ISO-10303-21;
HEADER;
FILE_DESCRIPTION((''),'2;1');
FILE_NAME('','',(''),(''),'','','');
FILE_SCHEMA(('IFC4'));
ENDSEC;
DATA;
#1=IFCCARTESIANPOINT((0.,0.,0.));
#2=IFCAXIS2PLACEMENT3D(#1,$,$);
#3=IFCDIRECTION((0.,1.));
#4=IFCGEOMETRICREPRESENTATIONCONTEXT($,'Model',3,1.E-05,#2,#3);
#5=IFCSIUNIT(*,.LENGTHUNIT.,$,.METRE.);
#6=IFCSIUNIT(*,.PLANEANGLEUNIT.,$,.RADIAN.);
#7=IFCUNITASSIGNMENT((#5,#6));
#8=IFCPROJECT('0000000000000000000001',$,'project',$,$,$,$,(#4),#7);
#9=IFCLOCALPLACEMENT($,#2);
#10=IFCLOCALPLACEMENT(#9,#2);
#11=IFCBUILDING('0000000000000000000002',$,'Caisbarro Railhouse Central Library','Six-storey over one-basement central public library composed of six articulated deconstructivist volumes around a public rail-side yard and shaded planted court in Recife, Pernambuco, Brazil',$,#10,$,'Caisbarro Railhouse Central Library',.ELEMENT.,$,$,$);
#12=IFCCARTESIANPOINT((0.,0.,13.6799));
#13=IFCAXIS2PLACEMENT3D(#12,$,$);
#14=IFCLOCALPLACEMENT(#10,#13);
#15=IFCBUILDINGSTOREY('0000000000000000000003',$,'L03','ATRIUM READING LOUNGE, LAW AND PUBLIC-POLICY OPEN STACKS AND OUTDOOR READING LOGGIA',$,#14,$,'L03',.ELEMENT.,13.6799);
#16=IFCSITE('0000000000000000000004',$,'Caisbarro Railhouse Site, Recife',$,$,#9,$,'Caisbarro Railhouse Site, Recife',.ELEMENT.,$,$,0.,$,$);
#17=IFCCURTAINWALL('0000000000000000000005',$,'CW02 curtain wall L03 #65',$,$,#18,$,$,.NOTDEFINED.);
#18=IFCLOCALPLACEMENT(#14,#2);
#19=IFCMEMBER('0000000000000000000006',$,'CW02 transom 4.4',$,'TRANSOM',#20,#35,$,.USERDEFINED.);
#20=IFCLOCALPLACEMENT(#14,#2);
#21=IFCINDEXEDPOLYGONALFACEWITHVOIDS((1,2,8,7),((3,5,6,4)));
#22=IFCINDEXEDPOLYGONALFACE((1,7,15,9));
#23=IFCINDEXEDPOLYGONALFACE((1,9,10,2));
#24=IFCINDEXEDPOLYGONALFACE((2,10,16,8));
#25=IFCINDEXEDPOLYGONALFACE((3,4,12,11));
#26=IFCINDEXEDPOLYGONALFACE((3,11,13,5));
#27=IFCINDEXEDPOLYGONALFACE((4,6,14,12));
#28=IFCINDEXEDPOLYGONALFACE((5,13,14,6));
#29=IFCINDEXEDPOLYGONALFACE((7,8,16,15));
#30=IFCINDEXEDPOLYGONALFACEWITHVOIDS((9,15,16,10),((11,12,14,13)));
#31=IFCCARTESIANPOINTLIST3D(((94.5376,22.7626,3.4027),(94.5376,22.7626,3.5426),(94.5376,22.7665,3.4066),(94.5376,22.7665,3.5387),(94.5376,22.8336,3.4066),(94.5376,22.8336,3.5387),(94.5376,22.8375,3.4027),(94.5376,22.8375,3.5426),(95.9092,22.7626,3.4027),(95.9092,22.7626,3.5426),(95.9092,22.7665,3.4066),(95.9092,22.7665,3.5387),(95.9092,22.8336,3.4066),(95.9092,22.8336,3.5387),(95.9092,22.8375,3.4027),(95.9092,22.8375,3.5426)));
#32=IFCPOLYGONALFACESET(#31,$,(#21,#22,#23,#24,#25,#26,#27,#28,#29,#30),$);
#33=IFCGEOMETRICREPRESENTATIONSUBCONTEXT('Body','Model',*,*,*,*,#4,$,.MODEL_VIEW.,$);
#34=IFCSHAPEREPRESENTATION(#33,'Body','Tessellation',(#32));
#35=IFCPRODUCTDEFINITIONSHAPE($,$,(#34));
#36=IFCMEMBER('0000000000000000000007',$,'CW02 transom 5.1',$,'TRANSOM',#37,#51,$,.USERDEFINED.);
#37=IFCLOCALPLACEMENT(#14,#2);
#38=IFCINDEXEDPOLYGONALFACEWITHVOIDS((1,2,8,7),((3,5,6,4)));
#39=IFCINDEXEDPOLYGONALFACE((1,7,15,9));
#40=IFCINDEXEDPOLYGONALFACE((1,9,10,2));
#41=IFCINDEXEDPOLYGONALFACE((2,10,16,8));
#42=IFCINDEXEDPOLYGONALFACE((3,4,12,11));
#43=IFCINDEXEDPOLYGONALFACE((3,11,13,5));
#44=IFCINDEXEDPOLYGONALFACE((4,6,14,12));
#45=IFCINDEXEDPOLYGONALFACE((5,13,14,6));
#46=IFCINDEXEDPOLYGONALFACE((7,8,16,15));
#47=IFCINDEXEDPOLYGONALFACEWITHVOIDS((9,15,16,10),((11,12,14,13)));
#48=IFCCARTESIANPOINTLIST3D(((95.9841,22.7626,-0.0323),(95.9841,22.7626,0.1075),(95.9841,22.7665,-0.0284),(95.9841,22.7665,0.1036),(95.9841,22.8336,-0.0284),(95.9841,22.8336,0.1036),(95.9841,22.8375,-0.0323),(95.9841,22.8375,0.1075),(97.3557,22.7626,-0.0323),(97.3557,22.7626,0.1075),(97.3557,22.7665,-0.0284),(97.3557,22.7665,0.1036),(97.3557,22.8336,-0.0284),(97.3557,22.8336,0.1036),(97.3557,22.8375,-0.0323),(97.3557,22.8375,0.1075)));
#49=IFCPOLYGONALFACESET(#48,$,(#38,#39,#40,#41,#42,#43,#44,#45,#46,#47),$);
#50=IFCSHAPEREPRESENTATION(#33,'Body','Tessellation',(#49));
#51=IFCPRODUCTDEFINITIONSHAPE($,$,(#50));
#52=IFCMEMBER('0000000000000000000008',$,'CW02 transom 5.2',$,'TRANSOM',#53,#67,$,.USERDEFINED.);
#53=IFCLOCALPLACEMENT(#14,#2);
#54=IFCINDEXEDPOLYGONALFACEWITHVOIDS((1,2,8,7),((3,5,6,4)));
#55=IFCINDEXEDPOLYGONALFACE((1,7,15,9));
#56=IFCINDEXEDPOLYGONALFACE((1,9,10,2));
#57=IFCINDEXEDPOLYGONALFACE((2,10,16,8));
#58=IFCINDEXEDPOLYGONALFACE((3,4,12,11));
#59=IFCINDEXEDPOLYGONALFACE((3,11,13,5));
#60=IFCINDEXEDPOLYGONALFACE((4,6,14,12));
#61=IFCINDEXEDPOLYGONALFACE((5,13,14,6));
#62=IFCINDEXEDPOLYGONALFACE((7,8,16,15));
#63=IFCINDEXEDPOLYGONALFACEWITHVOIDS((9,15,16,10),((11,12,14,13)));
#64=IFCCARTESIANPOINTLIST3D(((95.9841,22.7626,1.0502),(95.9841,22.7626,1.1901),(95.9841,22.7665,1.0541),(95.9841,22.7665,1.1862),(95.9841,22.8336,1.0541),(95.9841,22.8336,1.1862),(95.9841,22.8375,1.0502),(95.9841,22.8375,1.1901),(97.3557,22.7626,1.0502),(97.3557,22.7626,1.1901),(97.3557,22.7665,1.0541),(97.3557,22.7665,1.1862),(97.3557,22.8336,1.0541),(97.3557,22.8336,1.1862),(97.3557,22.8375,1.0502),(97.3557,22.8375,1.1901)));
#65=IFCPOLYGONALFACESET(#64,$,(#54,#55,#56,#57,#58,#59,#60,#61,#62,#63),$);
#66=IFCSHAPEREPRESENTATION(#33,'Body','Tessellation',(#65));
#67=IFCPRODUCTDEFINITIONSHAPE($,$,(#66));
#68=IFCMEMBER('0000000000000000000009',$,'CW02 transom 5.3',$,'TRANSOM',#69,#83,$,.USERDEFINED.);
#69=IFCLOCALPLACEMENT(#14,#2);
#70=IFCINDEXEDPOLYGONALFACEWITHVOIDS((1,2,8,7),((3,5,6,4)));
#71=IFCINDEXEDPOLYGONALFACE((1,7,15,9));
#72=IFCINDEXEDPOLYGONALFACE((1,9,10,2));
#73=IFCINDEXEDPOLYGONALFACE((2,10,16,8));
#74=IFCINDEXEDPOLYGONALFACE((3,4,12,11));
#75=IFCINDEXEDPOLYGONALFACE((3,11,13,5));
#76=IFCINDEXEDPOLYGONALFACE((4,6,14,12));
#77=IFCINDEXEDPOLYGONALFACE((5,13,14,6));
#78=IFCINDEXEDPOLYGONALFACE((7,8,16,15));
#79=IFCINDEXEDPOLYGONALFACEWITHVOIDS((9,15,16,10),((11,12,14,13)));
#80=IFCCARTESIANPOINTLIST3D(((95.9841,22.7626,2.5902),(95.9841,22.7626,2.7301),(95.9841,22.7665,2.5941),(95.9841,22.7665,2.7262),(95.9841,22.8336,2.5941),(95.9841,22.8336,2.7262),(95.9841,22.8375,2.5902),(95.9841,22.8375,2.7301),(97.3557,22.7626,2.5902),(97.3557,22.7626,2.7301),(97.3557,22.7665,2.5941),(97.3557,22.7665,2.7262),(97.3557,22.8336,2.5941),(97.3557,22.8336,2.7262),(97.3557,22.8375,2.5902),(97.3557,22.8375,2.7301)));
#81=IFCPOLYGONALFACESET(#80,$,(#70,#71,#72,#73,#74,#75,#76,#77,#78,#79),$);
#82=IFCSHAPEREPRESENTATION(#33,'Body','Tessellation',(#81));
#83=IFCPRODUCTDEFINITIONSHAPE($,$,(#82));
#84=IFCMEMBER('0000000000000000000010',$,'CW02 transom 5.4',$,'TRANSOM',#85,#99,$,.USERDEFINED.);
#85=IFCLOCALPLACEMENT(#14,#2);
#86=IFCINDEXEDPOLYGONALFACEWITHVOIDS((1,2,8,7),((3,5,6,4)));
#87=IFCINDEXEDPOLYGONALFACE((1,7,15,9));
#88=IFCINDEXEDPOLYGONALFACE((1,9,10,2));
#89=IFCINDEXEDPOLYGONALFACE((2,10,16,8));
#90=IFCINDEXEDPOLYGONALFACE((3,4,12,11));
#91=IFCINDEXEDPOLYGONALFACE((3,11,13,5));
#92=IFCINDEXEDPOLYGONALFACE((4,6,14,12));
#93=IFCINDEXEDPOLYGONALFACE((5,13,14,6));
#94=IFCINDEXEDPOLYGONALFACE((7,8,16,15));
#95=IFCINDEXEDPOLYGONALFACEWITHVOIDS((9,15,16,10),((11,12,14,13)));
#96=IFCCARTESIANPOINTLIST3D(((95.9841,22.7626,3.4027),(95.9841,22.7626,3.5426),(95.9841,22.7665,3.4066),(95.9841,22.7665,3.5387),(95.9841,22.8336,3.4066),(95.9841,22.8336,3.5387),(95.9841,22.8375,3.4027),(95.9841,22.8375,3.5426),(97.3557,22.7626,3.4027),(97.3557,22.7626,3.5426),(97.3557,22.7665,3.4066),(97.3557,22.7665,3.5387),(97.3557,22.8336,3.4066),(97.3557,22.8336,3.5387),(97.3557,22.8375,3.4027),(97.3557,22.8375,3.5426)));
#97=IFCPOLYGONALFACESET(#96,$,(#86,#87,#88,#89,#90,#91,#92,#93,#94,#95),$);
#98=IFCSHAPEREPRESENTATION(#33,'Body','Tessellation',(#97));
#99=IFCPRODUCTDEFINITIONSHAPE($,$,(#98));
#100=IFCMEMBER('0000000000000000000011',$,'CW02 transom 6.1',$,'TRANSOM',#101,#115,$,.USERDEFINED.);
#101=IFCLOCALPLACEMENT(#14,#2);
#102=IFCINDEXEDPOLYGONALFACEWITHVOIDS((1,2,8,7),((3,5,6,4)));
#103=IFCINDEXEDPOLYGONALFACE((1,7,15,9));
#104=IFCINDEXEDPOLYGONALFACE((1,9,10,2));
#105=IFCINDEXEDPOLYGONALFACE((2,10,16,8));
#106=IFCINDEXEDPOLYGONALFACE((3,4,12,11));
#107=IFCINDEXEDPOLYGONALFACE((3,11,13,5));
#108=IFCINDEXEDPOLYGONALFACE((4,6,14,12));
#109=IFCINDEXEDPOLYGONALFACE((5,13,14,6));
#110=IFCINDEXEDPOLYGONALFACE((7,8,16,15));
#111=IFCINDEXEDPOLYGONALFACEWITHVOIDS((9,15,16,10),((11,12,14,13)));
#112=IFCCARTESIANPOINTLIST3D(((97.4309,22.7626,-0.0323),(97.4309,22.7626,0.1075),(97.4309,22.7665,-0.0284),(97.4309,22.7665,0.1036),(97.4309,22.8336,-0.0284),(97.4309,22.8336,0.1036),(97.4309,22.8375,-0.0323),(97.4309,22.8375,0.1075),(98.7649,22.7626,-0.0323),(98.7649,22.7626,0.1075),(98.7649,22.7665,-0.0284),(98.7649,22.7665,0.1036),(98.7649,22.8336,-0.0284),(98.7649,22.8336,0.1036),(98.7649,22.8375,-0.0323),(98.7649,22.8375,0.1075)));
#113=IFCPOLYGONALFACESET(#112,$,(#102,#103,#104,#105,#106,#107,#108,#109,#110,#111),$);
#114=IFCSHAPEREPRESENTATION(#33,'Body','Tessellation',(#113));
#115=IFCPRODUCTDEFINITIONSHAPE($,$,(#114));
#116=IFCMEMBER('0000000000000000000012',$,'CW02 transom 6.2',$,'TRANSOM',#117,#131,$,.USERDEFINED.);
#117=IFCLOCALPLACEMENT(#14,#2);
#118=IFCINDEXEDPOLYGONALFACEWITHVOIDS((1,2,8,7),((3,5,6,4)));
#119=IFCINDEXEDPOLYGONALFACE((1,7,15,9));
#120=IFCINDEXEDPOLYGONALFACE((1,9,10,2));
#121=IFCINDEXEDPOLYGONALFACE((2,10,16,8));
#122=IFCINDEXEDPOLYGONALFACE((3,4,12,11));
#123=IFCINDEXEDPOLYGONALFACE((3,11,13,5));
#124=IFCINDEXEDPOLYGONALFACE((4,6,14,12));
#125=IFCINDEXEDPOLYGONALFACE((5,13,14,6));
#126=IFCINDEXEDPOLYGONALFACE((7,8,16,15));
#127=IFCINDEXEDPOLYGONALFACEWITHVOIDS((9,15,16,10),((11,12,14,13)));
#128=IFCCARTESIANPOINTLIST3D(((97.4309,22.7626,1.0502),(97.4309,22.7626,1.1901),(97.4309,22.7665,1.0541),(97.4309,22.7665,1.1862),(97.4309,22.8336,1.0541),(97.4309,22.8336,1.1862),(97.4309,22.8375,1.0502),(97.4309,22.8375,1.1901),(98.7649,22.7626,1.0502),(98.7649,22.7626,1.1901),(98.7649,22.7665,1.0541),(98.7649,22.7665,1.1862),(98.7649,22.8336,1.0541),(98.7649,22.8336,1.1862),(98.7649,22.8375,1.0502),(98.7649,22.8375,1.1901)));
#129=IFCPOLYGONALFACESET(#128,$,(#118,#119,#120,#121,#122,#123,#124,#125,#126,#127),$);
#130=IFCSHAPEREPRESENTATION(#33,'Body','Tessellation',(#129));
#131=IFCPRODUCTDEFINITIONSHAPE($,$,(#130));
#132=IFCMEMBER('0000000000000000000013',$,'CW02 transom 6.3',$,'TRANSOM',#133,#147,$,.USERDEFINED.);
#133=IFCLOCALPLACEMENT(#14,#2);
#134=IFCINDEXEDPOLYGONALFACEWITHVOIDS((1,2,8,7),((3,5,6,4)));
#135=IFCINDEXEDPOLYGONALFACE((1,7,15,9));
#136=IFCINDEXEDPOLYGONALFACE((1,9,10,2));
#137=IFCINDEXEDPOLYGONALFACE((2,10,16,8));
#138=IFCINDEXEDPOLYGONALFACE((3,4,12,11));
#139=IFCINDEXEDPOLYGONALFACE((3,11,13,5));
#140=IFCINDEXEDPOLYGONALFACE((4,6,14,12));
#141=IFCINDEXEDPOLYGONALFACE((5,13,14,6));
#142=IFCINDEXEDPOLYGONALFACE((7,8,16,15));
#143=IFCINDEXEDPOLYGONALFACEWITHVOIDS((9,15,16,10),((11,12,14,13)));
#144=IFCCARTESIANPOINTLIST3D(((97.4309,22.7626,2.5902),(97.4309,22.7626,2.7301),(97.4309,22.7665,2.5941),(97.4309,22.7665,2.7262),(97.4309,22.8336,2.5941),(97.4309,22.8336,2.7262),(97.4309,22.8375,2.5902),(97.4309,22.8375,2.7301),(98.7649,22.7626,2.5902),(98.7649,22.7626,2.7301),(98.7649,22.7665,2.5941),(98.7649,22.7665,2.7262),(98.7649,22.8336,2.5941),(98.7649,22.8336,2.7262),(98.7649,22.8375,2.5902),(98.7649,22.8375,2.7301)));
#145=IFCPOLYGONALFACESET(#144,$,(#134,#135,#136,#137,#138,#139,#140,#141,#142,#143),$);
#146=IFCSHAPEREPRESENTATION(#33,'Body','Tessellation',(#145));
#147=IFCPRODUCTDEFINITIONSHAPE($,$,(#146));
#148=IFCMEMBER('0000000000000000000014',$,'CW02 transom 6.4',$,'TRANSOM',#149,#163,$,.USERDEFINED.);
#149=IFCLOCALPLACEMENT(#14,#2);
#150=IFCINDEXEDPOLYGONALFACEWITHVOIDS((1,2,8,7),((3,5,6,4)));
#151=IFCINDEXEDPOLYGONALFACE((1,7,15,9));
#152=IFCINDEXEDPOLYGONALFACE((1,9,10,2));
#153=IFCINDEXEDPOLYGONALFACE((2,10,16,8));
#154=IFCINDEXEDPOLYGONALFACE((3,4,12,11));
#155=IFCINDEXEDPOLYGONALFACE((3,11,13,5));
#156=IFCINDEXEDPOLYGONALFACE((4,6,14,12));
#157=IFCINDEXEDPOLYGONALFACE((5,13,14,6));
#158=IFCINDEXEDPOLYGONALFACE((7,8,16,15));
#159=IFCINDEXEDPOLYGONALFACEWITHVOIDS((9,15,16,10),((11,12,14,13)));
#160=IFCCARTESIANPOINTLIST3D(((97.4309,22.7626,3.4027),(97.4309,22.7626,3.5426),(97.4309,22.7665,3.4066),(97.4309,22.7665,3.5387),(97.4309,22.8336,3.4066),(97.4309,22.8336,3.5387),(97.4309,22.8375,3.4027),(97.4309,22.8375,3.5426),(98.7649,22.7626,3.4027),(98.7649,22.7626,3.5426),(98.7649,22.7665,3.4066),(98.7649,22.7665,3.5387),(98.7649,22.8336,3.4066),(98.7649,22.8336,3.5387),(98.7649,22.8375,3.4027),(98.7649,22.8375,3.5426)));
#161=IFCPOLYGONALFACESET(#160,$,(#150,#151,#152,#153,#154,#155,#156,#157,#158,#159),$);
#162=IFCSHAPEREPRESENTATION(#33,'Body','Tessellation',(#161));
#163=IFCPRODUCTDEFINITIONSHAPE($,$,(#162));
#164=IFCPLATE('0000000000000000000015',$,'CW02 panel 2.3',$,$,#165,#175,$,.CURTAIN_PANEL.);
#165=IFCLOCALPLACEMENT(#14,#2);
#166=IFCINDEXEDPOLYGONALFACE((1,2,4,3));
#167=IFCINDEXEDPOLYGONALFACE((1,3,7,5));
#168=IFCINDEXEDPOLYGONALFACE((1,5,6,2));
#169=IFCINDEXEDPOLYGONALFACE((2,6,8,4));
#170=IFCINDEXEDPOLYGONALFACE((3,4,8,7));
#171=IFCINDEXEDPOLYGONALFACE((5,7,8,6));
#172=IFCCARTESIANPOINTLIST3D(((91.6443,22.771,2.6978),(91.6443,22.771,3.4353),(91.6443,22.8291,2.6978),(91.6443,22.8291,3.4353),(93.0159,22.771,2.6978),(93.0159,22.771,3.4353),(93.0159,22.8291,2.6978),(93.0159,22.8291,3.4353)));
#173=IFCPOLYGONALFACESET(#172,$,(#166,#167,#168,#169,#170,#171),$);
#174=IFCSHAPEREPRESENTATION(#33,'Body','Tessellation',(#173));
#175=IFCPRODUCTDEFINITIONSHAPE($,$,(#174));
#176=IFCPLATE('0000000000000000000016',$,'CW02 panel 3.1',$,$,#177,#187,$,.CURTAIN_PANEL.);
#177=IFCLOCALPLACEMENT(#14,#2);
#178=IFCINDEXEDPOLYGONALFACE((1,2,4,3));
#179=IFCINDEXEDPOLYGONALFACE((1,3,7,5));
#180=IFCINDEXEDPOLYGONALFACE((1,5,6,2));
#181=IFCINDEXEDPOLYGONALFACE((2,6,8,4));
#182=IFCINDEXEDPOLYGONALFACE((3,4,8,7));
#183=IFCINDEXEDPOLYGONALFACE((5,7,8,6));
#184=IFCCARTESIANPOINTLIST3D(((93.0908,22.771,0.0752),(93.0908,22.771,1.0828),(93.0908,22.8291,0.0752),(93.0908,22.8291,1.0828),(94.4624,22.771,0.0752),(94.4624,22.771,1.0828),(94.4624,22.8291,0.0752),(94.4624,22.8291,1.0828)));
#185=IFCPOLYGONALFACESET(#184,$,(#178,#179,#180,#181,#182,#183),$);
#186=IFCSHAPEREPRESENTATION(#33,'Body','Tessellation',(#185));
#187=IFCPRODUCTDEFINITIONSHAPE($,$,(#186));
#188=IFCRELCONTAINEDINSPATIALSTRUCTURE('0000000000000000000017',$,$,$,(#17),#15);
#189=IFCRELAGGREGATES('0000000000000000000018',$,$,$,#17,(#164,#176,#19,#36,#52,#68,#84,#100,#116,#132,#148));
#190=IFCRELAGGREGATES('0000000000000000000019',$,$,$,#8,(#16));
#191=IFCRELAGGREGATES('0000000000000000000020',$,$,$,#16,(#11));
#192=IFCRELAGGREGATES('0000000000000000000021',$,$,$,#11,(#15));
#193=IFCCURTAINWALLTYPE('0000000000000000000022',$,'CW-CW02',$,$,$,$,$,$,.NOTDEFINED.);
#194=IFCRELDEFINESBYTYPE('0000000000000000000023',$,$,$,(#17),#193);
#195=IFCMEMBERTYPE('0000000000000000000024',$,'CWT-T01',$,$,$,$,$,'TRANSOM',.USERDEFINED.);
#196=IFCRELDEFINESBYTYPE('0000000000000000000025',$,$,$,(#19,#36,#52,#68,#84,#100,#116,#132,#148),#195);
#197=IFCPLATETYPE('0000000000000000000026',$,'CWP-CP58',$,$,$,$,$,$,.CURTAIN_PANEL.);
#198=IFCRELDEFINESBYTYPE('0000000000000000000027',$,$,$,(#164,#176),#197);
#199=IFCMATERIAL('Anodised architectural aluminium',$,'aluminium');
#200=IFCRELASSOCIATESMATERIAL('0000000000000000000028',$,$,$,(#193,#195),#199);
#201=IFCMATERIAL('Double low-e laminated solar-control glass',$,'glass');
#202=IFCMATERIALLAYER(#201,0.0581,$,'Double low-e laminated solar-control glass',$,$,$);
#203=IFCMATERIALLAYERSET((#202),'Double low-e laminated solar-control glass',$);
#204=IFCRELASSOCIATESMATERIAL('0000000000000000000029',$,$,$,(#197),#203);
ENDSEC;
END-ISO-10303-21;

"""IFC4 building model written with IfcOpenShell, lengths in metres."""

from ifc_helpers import new_model, si_unit, direction, frame, origin, origin_2d, place, context, subcontext, project, spatial, rectangle, hollow_rectangle, extrude, material, layer, layer_set, material_profile, profile_set, type_object, element, aggregate, save


model = new_model("IFC4")

# Units and contexts
model_context = context("Model", 3, precision=1e-05, world=origin(), true_north=direction((0.0, 1.0)))
body_context = subcontext(model_context, "Body", "Model", "MODEL_VIEW")
ifc_project = project(units=[si_unit("LENGTHUNIT", "METRE"), si_unit("PLANEANGLEUNIT", "RADIAN")], contexts=[model_context])

# Site, building, storey
site_placement = place(None, origin())
site = spatial("IfcSite", under=ifc_project, at=site_placement, Name="Caisbarro Railhouse Site, Recife", LongName="Caisbarro Railhouse Site, Recife", CompositionType="ELEMENT", RefElevation=0.0)
building_placement = place(site_placement, origin())
building = spatial("IfcBuilding", under=site, at=building_placement, Name="Caisbarro Railhouse Central Library", Description="Six-storey over one-basement central public library composed of six articulated deconstructivist volumes around a public rail-side yard and shaded planted court in Recife, Pernambuco, Brazil", LongName="Caisbarro Railhouse Central Library", CompositionType="ELEMENT")
storey_placement = place(building_placement, frame((0.0, 0.0, 13.6799)))
storey = spatial("IfcBuildingStorey", under=building, at=storey_placement, Name="L03", Description="ATRIUM READING LOUNGE, LAW AND PUBLIC-POLICY OPEN STACKS AND OUTDOOR READING LOGGIA", LongName="L03", CompositionType="ELEMENT", Elevation=13.6799)

# Curtain wall, members, plates
ifc_material_1 = material(Name="Anodised architectural aluminium", Category="aluminium")
curtain_wall_type = type_object("IfcCurtainWallType", Name="CW-CW02", PredefinedType="NOTDEFINED", material=ifc_material_1)
curtain_wall_placement = place(storey_placement, origin())
curtain_wall = element("IfcCurtainWall", 1, at=curtain_wall_placement, inside=storey, type_object=curtain_wall_type, Name="CW02 curtain wall L03 #65", PredefinedType="NOTDEFINED")
ifc_material_profile_1 = material_profile(ifc_material_1, hollow_rectangle(XDim=0.075, YDim=0.1399, WallThickness=0.0039, at=origin_2d()), Name="ALU-TRN-75X140")
ifc_profile_set_1 = profile_set([ifc_material_profile_1], Name="Anodised architectural aluminium")
member_type_1 = type_object("IfcMemberType", Name="CWT-T01", ElementType="TRANSOM", PredefinedType="USERDEFINED", material=ifc_profile_set_1)
member_1_placement = place(storey_placement, frame((94.5376, 22.8, 3.4727), z_axis=(1.0, 0.0, 0.0), x_axis=(0.0, 1.0, 0.0)))
member_1 = element("IfcMember", 2, at=member_1_placement, type_object=member_type_1, Name="CW02 transom 4.4", ObjectType="TRANSOM", PredefinedType="USERDEFINED", context=body_context, shape_type="SweptSolid", body=[
    extrude(hollow_rectangle(XDim=0.075, YDim=0.1399, WallThickness=0.0039, at=origin_2d()), origin(), (0.0, 0.0, 1.0), 1.3716),
])
member_2_placement = place(storey_placement, frame((95.9841, 22.8, 0.0376), z_axis=(1.0, 0.0, 0.0), x_axis=(0.0, 1.0, 0.0)))
member_2 = element("IfcMember", 3, at=member_2_placement, type_object=member_type_1, Name="CW02 transom 5.1", ObjectType="TRANSOM", PredefinedType="USERDEFINED", context=body_context, shape_type="SweptSolid", body=[
    extrude(hollow_rectangle(XDim=0.075, YDim=0.1399, WallThickness=0.0039, at=origin_2d()), origin(), (0.0, 0.0, 1.0), 1.3716),
])
member_3_placement = place(storey_placement, frame((95.9841, 22.8, 1.1201), z_axis=(1.0, 0.0, 0.0), x_axis=(0.0, 1.0, 0.0)))
member_3 = element("IfcMember", 4, at=member_3_placement, type_object=member_type_1, Name="CW02 transom 5.2", ObjectType="TRANSOM", PredefinedType="USERDEFINED", context=body_context, shape_type="SweptSolid", body=[
    extrude(hollow_rectangle(XDim=0.075, YDim=0.1399, WallThickness=0.0039, at=origin_2d()), origin(), (0.0, 0.0, 1.0), 1.3716),
])
member_4_placement = place(storey_placement, frame((95.9841, 22.8, 2.6602), z_axis=(1.0, 0.0, 0.0), x_axis=(0.0, 1.0, 0.0)))
member_4 = element("IfcMember", 5, at=member_4_placement, type_object=member_type_1, Name="CW02 transom 5.3", ObjectType="TRANSOM", PredefinedType="USERDEFINED", context=body_context, shape_type="SweptSolid", body=[
    extrude(hollow_rectangle(XDim=0.075, YDim=0.1399, WallThickness=0.0039, at=origin_2d()), origin(), (0.0, 0.0, 1.0), 1.3716),
])
member_5_placement = place(storey_placement, frame((95.9841, 22.8, 3.4727), z_axis=(1.0, 0.0, 0.0), x_axis=(0.0, 1.0, 0.0)))
member_5 = element("IfcMember", 6, at=member_5_placement, type_object=member_type_1, Name="CW02 transom 5.4", ObjectType="TRANSOM", PredefinedType="USERDEFINED", context=body_context, shape_type="SweptSolid", body=[
    extrude(hollow_rectangle(XDim=0.075, YDim=0.1399, WallThickness=0.0039, at=origin_2d()), origin(), (0.0, 0.0, 1.0), 1.3716),
])
member_6_placement = place(storey_placement, frame((97.4309, 22.8, 0.0376), z_axis=(1.0, 0.0, 0.0), x_axis=(0.0, 1.0, 0.0)))
member_6 = element("IfcMember", 7, at=member_6_placement, type_object=member_type_1, Name="CW02 transom 6.1", ObjectType="TRANSOM", PredefinedType="USERDEFINED", context=body_context, shape_type="SweptSolid", body=[
    extrude(hollow_rectangle(XDim=0.075, YDim=0.1399, WallThickness=0.0039, at=origin_2d()), origin(), (0.0, 0.0, 1.0), 1.334),
])
member_7_placement = place(storey_placement, frame((97.4309, 22.8, 1.1201), z_axis=(1.0, 0.0, 0.0), x_axis=(0.0, 1.0, 0.0)))
member_7 = element("IfcMember", 8, at=member_7_placement, type_object=member_type_1, Name="CW02 transom 6.2", ObjectType="TRANSOM", PredefinedType="USERDEFINED", context=body_context, shape_type="SweptSolid", body=[
    extrude(hollow_rectangle(XDim=0.075, YDim=0.1399, WallThickness=0.0039, at=origin_2d()), origin(), (0.0, 0.0, 1.0), 1.334),
])
member_8_placement = place(storey_placement, frame((97.4309, 22.8, 2.6602), z_axis=(1.0, 0.0, 0.0), x_axis=(0.0, 1.0, 0.0)))
member_8 = element("IfcMember", 9, at=member_8_placement, type_object=member_type_1, Name="CW02 transom 6.3", ObjectType="TRANSOM", PredefinedType="USERDEFINED", context=body_context, shape_type="SweptSolid", body=[
    extrude(hollow_rectangle(XDim=0.075, YDim=0.1399, WallThickness=0.0039, at=origin_2d()), origin(), (0.0, 0.0, 1.0), 1.334),
])
member_9_placement = place(storey_placement, frame((97.4309, 22.8, 3.4727), z_axis=(1.0, 0.0, 0.0), x_axis=(0.0, 1.0, 0.0)))
member_9 = element("IfcMember", 10, at=member_9_placement, type_object=member_type_1, Name="CW02 transom 6.4", ObjectType="TRANSOM", PredefinedType="USERDEFINED", context=body_context, shape_type="SweptSolid", body=[
    extrude(hollow_rectangle(XDim=0.075, YDim=0.1399, WallThickness=0.0039, at=origin_2d()), origin(), (0.0, 0.0, 1.0), 1.334),
])
ifc_material_2 = material(Name="Double low-e laminated solar-control glass", Category="glass")
ifc_layer = layer(ifc_material_2, 0.0581, Name="Double low-e laminated solar-control glass")
ifc_layer_set = layer_set([ifc_layer], Name="Double low-e laminated solar-control glass")
plate_type = type_object("IfcPlateType", Name="CWP-CP58", PredefinedType="CURTAIN_PANEL", material=ifc_layer_set)
plate_1_placement = place(storey_placement, frame((92.3301, 22.8, 2.6978), z_axis=(0.0, 0.0, 1.0), x_axis=(1.0, 0.0, 0.0)))
plate_1 = element("IfcPlate", 11, at=plate_1_placement, type_object=plate_type, Name="CW02 panel 2.3", PredefinedType="CURTAIN_PANEL", context=body_context, shape_type="SweptSolid", body=[
    extrude(rectangle(XDim=1.3716, YDim=0.0581, at=origin_2d()), origin(), (0.0, 0.0, 1.0), 0.7375),
])
plate_2_placement = place(storey_placement, frame((93.7766, 22.8, 0.0752), z_axis=(0.0, 0.0, 1.0), x_axis=(1.0, 0.0, 0.0)))
plate_2 = element("IfcPlate", 12, at=plate_2_placement, type_object=plate_type, Name="CW02 panel 3.1", PredefinedType="CURTAIN_PANEL", context=body_context, shape_type="SweptSolid", body=[
    extrude(rectangle(XDim=1.3716, YDim=0.0581, at=origin_2d()), origin(), (0.0, 0.0, 1.0), 1.0076),
])
aggregate(curtain_wall, [plate_1, plate_2, member_1, member_2, member_3, member_4, member_5, member_6, member_7, member_8, member_9])

save(model, "model.ifc")
